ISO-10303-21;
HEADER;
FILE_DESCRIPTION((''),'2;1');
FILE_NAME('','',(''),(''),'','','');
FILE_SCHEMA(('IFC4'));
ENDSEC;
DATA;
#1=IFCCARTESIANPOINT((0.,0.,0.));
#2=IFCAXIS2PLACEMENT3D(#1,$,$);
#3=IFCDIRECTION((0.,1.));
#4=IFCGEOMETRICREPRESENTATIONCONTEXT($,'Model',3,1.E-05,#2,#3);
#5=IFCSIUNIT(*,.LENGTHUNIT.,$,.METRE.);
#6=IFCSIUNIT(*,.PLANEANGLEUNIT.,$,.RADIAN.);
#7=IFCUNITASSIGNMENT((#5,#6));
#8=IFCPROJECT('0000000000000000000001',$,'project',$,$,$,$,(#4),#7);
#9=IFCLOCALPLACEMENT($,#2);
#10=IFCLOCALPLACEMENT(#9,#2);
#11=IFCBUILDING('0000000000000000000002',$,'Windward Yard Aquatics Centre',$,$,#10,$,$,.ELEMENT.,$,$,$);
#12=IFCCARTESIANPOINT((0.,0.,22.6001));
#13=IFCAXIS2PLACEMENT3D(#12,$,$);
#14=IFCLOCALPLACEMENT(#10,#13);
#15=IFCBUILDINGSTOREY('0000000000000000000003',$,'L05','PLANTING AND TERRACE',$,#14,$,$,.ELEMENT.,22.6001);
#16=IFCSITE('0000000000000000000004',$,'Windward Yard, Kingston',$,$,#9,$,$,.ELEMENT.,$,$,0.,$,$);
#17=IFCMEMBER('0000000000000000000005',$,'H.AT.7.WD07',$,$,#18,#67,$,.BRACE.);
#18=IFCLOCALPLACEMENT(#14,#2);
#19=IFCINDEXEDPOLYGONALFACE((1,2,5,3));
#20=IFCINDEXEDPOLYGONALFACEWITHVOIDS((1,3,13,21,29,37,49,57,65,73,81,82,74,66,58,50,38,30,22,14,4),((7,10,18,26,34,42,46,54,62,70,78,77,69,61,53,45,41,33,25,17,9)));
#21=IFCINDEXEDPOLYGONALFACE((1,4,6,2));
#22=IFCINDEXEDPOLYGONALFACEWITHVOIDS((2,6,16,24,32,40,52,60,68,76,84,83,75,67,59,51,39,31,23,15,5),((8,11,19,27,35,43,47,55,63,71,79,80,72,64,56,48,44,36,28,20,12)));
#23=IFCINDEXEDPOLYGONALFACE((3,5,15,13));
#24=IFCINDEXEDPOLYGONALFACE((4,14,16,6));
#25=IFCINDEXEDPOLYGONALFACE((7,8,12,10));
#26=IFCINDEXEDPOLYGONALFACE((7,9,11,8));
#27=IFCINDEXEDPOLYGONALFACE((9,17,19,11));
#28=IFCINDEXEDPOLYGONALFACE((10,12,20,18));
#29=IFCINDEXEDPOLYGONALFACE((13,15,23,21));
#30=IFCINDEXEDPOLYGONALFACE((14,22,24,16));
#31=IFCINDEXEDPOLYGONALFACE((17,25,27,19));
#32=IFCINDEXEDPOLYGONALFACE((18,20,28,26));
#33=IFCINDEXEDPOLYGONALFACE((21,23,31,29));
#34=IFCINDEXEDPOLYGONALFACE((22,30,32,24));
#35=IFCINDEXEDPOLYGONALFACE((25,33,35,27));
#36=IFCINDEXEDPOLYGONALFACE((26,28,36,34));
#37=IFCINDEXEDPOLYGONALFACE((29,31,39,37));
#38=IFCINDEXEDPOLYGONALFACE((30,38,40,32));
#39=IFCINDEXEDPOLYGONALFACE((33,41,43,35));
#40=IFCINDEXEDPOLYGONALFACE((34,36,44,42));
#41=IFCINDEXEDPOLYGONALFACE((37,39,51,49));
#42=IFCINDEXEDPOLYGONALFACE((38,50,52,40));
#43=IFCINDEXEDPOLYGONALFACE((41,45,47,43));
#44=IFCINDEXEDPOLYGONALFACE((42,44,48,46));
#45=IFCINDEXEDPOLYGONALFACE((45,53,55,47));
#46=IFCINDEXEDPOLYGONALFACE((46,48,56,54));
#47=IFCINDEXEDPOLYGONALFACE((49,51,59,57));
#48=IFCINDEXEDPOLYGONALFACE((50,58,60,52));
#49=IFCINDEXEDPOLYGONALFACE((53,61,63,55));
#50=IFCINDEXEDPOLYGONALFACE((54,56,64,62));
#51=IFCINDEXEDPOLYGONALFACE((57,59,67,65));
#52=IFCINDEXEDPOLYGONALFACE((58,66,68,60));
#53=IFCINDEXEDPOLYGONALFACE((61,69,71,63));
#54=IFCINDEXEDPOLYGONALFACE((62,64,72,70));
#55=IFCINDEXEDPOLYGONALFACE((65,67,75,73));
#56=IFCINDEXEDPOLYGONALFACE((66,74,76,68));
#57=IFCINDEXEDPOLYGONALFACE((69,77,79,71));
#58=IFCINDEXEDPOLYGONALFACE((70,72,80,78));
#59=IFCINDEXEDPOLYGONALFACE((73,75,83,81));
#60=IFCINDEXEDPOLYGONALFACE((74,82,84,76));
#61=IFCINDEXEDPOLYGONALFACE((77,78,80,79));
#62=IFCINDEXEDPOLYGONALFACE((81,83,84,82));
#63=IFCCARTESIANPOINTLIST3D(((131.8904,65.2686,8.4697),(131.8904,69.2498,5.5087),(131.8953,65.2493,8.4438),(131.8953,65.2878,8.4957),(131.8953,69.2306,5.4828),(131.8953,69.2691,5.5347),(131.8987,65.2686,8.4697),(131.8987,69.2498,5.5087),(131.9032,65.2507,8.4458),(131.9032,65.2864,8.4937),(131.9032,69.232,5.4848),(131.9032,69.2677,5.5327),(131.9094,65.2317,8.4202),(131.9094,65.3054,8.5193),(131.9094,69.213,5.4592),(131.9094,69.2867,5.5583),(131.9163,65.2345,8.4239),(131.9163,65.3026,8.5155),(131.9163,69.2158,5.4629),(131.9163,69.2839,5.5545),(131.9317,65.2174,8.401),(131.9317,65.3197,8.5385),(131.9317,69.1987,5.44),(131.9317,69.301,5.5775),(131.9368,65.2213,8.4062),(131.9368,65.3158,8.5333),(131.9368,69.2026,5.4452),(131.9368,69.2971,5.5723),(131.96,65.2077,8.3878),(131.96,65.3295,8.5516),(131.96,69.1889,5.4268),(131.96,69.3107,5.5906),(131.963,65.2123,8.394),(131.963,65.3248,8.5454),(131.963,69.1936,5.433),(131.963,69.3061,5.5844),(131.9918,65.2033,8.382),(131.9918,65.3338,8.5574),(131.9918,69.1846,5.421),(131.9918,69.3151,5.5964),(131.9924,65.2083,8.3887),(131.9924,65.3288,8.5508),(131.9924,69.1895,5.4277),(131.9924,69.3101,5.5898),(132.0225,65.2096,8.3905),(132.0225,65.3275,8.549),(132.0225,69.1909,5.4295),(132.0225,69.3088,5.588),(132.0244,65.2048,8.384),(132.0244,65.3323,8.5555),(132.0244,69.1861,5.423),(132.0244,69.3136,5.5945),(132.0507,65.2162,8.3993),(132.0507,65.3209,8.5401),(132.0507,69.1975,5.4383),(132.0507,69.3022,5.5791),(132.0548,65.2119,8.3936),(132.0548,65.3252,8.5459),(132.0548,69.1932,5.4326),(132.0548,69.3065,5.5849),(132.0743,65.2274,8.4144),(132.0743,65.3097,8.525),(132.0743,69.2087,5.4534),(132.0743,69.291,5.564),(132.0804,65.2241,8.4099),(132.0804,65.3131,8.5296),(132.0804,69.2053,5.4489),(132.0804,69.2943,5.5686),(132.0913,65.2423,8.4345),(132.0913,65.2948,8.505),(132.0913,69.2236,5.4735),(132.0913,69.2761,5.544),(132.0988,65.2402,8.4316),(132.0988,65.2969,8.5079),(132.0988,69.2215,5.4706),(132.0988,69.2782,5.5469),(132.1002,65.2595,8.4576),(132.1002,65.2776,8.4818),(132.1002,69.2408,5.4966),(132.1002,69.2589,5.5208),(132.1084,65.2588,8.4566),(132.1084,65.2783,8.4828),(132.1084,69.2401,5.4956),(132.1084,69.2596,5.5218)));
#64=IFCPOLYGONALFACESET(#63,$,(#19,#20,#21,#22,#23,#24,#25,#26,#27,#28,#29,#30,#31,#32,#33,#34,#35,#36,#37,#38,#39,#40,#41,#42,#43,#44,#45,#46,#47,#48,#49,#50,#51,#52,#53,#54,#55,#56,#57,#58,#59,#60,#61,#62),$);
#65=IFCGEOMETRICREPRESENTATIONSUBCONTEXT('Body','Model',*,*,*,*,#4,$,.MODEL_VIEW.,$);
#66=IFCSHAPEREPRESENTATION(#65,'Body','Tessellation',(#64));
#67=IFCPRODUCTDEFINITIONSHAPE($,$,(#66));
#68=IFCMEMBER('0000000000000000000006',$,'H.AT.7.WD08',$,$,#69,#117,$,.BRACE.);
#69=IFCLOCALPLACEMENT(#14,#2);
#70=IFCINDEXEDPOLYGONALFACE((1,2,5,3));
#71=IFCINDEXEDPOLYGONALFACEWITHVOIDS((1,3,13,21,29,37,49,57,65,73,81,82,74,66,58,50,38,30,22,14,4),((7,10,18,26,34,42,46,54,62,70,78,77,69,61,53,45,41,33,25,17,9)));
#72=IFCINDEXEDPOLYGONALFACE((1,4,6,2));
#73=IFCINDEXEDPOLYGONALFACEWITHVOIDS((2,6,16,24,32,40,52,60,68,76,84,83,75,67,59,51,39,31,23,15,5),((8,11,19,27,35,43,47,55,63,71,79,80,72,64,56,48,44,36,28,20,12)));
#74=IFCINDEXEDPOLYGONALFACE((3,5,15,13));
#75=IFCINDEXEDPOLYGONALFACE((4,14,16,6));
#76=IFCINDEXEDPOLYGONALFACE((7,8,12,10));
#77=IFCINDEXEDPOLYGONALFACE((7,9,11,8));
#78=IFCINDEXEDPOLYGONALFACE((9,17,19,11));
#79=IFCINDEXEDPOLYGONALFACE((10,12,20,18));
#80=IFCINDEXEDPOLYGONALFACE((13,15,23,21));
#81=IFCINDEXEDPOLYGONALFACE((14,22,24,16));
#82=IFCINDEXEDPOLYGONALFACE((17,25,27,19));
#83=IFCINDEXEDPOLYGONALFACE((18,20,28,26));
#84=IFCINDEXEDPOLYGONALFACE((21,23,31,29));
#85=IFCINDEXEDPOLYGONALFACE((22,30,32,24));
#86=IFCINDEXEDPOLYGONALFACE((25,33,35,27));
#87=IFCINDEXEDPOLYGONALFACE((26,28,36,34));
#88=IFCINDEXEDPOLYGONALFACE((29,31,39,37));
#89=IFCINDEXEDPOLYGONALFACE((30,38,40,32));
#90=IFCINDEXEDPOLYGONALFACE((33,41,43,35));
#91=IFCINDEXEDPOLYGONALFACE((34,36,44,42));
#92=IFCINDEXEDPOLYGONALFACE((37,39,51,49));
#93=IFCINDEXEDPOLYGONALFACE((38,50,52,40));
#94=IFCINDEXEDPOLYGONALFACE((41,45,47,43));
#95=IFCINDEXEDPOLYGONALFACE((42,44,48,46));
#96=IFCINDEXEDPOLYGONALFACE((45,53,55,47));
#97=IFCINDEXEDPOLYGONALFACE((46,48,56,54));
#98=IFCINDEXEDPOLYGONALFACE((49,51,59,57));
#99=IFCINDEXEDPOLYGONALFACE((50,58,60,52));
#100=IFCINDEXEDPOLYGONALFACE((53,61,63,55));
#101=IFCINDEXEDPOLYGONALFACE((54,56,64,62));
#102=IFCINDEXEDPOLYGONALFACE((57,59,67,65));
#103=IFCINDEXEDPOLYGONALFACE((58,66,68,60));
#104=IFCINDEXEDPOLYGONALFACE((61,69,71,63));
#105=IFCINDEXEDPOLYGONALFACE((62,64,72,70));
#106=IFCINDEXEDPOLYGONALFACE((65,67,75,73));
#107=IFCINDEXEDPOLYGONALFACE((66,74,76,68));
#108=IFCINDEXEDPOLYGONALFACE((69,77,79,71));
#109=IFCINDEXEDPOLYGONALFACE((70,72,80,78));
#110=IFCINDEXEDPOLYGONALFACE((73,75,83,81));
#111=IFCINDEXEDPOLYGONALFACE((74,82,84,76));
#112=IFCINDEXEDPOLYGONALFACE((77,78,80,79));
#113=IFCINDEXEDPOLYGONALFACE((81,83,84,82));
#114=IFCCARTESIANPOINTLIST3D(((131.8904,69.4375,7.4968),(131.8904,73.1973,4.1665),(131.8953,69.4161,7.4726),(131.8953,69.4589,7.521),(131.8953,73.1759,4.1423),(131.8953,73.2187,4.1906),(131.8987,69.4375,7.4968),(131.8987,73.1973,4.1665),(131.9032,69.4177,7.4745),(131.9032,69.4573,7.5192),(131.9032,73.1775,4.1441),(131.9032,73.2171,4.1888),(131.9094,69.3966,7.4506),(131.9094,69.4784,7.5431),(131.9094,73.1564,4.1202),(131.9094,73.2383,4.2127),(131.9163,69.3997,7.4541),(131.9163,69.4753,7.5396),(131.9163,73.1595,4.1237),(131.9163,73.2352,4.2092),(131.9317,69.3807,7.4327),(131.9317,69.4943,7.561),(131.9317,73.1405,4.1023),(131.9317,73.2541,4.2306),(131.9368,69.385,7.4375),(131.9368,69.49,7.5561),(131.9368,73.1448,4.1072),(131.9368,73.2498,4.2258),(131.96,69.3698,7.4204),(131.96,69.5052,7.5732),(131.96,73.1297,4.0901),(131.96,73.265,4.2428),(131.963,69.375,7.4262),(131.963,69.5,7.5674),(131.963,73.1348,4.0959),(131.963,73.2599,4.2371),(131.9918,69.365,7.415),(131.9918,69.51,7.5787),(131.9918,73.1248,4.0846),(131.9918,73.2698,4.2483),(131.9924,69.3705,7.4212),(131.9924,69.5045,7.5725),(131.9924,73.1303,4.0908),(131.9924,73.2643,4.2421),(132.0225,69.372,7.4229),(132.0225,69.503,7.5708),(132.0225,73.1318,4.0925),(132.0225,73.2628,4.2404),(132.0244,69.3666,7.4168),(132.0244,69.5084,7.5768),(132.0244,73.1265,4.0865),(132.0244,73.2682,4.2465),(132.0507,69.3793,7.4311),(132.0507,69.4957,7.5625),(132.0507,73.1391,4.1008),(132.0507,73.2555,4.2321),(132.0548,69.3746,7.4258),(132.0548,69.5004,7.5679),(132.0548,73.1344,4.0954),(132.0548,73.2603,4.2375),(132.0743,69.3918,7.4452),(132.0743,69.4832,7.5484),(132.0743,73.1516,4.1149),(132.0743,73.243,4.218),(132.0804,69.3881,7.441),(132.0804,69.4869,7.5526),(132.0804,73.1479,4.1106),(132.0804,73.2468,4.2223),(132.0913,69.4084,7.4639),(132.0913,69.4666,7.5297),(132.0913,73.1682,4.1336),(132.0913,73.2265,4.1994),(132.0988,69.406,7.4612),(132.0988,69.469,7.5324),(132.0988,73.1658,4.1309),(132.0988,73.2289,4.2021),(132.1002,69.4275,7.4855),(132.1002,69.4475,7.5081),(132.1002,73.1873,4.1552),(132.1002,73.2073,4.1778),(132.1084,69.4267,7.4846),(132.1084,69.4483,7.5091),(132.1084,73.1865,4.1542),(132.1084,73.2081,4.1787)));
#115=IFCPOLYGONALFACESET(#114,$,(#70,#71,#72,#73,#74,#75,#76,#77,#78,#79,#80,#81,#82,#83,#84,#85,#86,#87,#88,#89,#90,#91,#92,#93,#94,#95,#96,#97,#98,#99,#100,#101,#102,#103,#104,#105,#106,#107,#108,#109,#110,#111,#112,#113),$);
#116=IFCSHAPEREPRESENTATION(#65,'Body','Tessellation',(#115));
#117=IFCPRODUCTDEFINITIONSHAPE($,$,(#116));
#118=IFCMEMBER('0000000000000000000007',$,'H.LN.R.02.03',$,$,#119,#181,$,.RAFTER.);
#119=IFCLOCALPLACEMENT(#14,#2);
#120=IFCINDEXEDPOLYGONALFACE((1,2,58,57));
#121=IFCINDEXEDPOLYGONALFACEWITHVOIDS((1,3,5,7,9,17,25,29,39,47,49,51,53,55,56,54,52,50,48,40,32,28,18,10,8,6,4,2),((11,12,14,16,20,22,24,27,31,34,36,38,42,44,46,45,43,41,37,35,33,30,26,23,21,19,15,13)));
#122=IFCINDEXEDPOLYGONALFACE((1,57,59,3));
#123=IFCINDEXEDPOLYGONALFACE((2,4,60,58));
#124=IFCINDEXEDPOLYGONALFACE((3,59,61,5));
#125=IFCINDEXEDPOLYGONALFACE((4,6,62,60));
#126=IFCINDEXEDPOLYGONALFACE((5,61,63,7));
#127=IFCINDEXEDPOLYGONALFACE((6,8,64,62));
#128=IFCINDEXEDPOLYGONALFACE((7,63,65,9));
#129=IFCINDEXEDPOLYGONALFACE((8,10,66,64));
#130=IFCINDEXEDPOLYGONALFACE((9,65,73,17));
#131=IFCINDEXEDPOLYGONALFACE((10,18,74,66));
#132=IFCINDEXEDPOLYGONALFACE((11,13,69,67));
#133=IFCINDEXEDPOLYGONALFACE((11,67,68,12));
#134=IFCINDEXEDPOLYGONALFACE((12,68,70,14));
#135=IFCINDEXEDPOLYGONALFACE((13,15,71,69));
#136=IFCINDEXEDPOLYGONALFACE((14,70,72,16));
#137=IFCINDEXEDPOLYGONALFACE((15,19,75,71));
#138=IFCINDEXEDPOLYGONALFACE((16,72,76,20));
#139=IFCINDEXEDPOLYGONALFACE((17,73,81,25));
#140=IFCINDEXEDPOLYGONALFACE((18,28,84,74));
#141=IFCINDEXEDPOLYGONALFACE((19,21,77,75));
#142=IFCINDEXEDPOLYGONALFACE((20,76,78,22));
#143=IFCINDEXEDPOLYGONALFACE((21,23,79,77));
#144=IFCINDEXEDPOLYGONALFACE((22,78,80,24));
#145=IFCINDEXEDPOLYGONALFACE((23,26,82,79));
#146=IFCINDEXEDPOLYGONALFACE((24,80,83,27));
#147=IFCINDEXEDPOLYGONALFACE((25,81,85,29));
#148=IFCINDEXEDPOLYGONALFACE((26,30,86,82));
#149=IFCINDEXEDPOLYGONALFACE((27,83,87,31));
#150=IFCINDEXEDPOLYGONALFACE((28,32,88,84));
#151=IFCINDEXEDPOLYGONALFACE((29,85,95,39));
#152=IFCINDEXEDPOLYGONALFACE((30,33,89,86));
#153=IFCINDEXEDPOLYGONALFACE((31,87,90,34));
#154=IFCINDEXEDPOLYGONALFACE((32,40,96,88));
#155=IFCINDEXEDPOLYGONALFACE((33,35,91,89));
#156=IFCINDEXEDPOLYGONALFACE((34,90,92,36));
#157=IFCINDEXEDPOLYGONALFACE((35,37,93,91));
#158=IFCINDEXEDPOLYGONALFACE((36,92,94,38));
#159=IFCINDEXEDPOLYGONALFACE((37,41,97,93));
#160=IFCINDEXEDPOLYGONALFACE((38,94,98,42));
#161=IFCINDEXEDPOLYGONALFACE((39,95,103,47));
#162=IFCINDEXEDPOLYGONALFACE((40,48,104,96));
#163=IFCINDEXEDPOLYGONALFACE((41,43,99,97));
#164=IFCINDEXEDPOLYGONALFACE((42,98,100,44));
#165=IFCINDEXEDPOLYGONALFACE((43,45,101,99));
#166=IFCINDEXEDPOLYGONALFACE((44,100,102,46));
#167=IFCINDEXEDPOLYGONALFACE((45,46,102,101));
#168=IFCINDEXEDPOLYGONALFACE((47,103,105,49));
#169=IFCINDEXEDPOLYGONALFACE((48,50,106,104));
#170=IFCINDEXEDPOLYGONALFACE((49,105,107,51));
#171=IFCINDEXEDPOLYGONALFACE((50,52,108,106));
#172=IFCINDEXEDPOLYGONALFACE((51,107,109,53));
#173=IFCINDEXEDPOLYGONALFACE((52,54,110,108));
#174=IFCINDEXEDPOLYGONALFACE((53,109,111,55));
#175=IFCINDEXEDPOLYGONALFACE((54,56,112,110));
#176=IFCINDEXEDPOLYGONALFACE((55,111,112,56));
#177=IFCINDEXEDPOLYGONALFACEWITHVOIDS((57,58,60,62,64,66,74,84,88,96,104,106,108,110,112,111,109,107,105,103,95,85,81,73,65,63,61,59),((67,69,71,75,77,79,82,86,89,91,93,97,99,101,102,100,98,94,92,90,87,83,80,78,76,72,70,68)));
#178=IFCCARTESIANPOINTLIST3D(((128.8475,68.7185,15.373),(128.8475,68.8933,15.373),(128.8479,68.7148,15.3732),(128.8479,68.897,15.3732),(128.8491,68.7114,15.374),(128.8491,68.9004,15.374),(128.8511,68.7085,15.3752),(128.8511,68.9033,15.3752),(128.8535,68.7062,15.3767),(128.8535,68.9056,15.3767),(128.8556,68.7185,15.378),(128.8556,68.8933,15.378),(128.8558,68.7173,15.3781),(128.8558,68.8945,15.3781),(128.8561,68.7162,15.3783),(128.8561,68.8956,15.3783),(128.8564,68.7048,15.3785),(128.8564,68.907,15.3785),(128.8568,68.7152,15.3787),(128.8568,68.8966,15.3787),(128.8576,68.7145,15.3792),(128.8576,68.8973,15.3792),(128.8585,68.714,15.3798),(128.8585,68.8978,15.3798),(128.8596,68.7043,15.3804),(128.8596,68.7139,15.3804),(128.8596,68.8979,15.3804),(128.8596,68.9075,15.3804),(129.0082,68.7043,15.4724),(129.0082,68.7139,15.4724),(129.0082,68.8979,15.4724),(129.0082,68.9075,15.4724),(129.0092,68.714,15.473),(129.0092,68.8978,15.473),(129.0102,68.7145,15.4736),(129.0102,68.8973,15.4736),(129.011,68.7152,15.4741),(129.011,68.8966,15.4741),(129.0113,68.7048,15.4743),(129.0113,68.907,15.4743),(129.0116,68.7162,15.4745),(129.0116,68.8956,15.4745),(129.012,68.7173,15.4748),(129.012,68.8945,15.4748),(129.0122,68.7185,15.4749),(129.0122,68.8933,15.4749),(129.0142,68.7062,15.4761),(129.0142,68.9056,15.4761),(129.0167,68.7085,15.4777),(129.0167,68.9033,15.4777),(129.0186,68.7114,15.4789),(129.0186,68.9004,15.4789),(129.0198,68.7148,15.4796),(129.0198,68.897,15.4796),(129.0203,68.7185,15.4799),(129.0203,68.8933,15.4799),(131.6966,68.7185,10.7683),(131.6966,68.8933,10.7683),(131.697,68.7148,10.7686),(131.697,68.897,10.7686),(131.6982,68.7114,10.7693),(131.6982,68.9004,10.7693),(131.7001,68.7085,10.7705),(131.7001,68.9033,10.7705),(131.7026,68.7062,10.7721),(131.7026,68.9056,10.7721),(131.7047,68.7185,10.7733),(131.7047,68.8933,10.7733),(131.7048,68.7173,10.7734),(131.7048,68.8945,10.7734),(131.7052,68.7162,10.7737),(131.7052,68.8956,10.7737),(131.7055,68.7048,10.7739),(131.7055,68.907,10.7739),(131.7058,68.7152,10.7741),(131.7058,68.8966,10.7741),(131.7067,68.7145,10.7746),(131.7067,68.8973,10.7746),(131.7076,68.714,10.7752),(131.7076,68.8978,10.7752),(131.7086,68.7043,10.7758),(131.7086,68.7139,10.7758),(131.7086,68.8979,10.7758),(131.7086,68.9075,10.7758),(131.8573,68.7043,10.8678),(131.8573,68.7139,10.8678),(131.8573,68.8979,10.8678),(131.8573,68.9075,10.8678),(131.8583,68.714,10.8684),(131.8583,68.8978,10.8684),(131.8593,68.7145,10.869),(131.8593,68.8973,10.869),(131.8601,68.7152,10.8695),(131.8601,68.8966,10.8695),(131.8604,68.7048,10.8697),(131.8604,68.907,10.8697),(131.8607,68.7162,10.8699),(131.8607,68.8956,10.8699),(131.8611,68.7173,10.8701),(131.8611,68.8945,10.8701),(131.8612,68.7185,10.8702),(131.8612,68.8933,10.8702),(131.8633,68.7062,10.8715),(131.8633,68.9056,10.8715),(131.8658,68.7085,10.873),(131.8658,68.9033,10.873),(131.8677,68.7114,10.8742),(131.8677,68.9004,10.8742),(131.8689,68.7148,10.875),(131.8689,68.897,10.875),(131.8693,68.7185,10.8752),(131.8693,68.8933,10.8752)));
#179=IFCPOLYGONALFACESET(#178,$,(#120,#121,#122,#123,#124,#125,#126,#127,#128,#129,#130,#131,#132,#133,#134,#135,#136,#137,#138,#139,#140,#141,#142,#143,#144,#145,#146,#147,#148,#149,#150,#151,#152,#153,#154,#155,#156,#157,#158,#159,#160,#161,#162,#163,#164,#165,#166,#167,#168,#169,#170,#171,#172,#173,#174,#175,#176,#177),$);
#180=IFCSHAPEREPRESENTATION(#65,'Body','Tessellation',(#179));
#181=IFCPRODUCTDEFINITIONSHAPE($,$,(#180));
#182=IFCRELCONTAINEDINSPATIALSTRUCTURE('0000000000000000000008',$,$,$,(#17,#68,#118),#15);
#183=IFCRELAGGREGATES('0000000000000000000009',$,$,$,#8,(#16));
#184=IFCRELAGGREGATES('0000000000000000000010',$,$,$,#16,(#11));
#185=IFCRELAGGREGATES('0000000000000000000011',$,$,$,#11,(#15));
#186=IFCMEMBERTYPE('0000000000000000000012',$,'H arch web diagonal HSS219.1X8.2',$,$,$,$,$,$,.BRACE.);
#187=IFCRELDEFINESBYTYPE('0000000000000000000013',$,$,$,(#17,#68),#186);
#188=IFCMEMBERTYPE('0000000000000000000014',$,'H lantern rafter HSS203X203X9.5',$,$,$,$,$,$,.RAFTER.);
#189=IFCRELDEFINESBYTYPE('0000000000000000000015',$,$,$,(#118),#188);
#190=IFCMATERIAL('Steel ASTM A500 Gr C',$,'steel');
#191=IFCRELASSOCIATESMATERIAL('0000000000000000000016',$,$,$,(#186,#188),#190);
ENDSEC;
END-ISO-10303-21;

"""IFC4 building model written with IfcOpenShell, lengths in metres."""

from ifc_helpers import new_model, si_unit, direction, frame, origin, origin_2d, place, context, subcontext, project, spatial, hollow_rectangle, hollow_circle, extrude, material, material_profile, profile_set, type_object, element, save


model = new_model("IFC4")

# Units and contexts
model_context = context("Model", 3, precision=1e-05, world=origin(), true_north=direction((0.0, 1.0)))
body_context = subcontext(model_context, "Body", "Model", "MODEL_VIEW")
ifc_project = project(units=[si_unit("LENGTHUNIT", "METRE"), si_unit("PLANEANGLEUNIT", "RADIAN")], contexts=[model_context])

# Site, building, storey
site_placement = place(None, origin())
site = spatial("IfcSite", under=ifc_project, at=site_placement, Name="Windward Yard, Kingston", CompositionType="ELEMENT", RefElevation=0.0)
building_placement = place(site_placement, origin())
building = spatial("IfcBuilding", under=site, at=building_placement, Name="Windward Yard Aquatics Centre", CompositionType="ELEMENT")
storey_placement = place(building_placement, frame((0.0, 0.0, 22.6001)))
storey = spatial("IfcBuildingStorey", under=building, at=storey_placement, Name="L05", Description="PLANTING AND TERRACE", CompositionType="ELEMENT", Elevation=22.6001)

# Members
ifc_material_1 = material(Name="Steel ASTM A500 Gr C", Category="steel")
ifc_material_profile_1 = material_profile(ifc_material_1, hollow_circle(Radius=0.1096, WallThickness=0.0083, at=origin_2d()), Name="HSS219.1X8.2")
ifc_profile_set_1 = profile_set([ifc_material_profile_1], Name="Steel ASTM A500 Gr C")
member_type_1 = type_object("IfcMemberType", Name="H arch web diagonal HSS219.1X8.2", PredefinedType="BRACE", material=ifc_profile_set_1)
member_1_placement = place(storey_placement, frame((132.0, 65.2686, 8.4697), z_axis=(0.0, 0.802409, -0.596775), x_axis=(-1.0, 0.0, 0.0)))
element("IfcMember", 1, at=member_1_placement, inside=storey, type_object=member_type_1, Name="H.AT.7.WD07", PredefinedType="BRACE", context=body_context, shape_type="SweptSolid", body=[
    extrude(hollow_circle(Radius=0.1096, WallThickness=0.0083, at=origin_2d()), origin(), (0.0, 0.0, 1.0), 4.9617),
])
member_2_placement = place(storey_placement, frame((132.0, 69.4375, 7.4968), z_axis=(0.0, 0.748564, -0.663062), x_axis=(-1.0, 0.0, 0.0)))
element("IfcMember", 2, at=member_2_placement, inside=storey, type_object=member_type_1, Name="H.AT.7.WD08", PredefinedType="BRACE", context=body_context, shape_type="SweptSolid", body=[
    extrude(hollow_circle(Radius=0.1096, WallThickness=0.0083, at=origin_2d()), origin(), (0.0, 0.0, 1.0), 5.0227),
])
ifc_material_profile_2 = material_profile(ifc_material_1, hollow_rectangle(XDim=0.2031, YDim=0.2031, WallThickness=0.0095, InnerFilletRadius=0.0046, OuterFilletRadius=0.0142, at=origin_2d()), Name="HSS203X203X9.5")
ifc_profile_set_2 = profile_set([ifc_material_profile_2], Name="Steel ASTM A500 Gr C")
member_type_2 = type_object("IfcMemberType", Name="H lantern rafter HSS203X203X9.5", PredefinedType="RAFTER", material=ifc_profile_set_2)
member_3_placement = place(storey_placement, frame((131.783, 68.8059, 10.8218), z_axis=(-0.526164, 0.0, 0.850383), x_axis=(0.0, -1.0, 0.0)))
element("IfcMember", 3, at=member_3_placement, inside=storey, type_object=member_type_2, Name="H.LN.R.02.03", PredefinedType="RAFTER", context=body_context, shape_type="SweptSolid", body=[
    extrude(hollow_rectangle(XDim=0.2031, YDim=0.2031, WallThickness=0.0095, InnerFilletRadius=0.0046, OuterFilletRadius=0.0142, at=origin_2d()), origin(), (0.0, 0.0, 1.0), 5.4148),
])

save(model, "model.ifc")
